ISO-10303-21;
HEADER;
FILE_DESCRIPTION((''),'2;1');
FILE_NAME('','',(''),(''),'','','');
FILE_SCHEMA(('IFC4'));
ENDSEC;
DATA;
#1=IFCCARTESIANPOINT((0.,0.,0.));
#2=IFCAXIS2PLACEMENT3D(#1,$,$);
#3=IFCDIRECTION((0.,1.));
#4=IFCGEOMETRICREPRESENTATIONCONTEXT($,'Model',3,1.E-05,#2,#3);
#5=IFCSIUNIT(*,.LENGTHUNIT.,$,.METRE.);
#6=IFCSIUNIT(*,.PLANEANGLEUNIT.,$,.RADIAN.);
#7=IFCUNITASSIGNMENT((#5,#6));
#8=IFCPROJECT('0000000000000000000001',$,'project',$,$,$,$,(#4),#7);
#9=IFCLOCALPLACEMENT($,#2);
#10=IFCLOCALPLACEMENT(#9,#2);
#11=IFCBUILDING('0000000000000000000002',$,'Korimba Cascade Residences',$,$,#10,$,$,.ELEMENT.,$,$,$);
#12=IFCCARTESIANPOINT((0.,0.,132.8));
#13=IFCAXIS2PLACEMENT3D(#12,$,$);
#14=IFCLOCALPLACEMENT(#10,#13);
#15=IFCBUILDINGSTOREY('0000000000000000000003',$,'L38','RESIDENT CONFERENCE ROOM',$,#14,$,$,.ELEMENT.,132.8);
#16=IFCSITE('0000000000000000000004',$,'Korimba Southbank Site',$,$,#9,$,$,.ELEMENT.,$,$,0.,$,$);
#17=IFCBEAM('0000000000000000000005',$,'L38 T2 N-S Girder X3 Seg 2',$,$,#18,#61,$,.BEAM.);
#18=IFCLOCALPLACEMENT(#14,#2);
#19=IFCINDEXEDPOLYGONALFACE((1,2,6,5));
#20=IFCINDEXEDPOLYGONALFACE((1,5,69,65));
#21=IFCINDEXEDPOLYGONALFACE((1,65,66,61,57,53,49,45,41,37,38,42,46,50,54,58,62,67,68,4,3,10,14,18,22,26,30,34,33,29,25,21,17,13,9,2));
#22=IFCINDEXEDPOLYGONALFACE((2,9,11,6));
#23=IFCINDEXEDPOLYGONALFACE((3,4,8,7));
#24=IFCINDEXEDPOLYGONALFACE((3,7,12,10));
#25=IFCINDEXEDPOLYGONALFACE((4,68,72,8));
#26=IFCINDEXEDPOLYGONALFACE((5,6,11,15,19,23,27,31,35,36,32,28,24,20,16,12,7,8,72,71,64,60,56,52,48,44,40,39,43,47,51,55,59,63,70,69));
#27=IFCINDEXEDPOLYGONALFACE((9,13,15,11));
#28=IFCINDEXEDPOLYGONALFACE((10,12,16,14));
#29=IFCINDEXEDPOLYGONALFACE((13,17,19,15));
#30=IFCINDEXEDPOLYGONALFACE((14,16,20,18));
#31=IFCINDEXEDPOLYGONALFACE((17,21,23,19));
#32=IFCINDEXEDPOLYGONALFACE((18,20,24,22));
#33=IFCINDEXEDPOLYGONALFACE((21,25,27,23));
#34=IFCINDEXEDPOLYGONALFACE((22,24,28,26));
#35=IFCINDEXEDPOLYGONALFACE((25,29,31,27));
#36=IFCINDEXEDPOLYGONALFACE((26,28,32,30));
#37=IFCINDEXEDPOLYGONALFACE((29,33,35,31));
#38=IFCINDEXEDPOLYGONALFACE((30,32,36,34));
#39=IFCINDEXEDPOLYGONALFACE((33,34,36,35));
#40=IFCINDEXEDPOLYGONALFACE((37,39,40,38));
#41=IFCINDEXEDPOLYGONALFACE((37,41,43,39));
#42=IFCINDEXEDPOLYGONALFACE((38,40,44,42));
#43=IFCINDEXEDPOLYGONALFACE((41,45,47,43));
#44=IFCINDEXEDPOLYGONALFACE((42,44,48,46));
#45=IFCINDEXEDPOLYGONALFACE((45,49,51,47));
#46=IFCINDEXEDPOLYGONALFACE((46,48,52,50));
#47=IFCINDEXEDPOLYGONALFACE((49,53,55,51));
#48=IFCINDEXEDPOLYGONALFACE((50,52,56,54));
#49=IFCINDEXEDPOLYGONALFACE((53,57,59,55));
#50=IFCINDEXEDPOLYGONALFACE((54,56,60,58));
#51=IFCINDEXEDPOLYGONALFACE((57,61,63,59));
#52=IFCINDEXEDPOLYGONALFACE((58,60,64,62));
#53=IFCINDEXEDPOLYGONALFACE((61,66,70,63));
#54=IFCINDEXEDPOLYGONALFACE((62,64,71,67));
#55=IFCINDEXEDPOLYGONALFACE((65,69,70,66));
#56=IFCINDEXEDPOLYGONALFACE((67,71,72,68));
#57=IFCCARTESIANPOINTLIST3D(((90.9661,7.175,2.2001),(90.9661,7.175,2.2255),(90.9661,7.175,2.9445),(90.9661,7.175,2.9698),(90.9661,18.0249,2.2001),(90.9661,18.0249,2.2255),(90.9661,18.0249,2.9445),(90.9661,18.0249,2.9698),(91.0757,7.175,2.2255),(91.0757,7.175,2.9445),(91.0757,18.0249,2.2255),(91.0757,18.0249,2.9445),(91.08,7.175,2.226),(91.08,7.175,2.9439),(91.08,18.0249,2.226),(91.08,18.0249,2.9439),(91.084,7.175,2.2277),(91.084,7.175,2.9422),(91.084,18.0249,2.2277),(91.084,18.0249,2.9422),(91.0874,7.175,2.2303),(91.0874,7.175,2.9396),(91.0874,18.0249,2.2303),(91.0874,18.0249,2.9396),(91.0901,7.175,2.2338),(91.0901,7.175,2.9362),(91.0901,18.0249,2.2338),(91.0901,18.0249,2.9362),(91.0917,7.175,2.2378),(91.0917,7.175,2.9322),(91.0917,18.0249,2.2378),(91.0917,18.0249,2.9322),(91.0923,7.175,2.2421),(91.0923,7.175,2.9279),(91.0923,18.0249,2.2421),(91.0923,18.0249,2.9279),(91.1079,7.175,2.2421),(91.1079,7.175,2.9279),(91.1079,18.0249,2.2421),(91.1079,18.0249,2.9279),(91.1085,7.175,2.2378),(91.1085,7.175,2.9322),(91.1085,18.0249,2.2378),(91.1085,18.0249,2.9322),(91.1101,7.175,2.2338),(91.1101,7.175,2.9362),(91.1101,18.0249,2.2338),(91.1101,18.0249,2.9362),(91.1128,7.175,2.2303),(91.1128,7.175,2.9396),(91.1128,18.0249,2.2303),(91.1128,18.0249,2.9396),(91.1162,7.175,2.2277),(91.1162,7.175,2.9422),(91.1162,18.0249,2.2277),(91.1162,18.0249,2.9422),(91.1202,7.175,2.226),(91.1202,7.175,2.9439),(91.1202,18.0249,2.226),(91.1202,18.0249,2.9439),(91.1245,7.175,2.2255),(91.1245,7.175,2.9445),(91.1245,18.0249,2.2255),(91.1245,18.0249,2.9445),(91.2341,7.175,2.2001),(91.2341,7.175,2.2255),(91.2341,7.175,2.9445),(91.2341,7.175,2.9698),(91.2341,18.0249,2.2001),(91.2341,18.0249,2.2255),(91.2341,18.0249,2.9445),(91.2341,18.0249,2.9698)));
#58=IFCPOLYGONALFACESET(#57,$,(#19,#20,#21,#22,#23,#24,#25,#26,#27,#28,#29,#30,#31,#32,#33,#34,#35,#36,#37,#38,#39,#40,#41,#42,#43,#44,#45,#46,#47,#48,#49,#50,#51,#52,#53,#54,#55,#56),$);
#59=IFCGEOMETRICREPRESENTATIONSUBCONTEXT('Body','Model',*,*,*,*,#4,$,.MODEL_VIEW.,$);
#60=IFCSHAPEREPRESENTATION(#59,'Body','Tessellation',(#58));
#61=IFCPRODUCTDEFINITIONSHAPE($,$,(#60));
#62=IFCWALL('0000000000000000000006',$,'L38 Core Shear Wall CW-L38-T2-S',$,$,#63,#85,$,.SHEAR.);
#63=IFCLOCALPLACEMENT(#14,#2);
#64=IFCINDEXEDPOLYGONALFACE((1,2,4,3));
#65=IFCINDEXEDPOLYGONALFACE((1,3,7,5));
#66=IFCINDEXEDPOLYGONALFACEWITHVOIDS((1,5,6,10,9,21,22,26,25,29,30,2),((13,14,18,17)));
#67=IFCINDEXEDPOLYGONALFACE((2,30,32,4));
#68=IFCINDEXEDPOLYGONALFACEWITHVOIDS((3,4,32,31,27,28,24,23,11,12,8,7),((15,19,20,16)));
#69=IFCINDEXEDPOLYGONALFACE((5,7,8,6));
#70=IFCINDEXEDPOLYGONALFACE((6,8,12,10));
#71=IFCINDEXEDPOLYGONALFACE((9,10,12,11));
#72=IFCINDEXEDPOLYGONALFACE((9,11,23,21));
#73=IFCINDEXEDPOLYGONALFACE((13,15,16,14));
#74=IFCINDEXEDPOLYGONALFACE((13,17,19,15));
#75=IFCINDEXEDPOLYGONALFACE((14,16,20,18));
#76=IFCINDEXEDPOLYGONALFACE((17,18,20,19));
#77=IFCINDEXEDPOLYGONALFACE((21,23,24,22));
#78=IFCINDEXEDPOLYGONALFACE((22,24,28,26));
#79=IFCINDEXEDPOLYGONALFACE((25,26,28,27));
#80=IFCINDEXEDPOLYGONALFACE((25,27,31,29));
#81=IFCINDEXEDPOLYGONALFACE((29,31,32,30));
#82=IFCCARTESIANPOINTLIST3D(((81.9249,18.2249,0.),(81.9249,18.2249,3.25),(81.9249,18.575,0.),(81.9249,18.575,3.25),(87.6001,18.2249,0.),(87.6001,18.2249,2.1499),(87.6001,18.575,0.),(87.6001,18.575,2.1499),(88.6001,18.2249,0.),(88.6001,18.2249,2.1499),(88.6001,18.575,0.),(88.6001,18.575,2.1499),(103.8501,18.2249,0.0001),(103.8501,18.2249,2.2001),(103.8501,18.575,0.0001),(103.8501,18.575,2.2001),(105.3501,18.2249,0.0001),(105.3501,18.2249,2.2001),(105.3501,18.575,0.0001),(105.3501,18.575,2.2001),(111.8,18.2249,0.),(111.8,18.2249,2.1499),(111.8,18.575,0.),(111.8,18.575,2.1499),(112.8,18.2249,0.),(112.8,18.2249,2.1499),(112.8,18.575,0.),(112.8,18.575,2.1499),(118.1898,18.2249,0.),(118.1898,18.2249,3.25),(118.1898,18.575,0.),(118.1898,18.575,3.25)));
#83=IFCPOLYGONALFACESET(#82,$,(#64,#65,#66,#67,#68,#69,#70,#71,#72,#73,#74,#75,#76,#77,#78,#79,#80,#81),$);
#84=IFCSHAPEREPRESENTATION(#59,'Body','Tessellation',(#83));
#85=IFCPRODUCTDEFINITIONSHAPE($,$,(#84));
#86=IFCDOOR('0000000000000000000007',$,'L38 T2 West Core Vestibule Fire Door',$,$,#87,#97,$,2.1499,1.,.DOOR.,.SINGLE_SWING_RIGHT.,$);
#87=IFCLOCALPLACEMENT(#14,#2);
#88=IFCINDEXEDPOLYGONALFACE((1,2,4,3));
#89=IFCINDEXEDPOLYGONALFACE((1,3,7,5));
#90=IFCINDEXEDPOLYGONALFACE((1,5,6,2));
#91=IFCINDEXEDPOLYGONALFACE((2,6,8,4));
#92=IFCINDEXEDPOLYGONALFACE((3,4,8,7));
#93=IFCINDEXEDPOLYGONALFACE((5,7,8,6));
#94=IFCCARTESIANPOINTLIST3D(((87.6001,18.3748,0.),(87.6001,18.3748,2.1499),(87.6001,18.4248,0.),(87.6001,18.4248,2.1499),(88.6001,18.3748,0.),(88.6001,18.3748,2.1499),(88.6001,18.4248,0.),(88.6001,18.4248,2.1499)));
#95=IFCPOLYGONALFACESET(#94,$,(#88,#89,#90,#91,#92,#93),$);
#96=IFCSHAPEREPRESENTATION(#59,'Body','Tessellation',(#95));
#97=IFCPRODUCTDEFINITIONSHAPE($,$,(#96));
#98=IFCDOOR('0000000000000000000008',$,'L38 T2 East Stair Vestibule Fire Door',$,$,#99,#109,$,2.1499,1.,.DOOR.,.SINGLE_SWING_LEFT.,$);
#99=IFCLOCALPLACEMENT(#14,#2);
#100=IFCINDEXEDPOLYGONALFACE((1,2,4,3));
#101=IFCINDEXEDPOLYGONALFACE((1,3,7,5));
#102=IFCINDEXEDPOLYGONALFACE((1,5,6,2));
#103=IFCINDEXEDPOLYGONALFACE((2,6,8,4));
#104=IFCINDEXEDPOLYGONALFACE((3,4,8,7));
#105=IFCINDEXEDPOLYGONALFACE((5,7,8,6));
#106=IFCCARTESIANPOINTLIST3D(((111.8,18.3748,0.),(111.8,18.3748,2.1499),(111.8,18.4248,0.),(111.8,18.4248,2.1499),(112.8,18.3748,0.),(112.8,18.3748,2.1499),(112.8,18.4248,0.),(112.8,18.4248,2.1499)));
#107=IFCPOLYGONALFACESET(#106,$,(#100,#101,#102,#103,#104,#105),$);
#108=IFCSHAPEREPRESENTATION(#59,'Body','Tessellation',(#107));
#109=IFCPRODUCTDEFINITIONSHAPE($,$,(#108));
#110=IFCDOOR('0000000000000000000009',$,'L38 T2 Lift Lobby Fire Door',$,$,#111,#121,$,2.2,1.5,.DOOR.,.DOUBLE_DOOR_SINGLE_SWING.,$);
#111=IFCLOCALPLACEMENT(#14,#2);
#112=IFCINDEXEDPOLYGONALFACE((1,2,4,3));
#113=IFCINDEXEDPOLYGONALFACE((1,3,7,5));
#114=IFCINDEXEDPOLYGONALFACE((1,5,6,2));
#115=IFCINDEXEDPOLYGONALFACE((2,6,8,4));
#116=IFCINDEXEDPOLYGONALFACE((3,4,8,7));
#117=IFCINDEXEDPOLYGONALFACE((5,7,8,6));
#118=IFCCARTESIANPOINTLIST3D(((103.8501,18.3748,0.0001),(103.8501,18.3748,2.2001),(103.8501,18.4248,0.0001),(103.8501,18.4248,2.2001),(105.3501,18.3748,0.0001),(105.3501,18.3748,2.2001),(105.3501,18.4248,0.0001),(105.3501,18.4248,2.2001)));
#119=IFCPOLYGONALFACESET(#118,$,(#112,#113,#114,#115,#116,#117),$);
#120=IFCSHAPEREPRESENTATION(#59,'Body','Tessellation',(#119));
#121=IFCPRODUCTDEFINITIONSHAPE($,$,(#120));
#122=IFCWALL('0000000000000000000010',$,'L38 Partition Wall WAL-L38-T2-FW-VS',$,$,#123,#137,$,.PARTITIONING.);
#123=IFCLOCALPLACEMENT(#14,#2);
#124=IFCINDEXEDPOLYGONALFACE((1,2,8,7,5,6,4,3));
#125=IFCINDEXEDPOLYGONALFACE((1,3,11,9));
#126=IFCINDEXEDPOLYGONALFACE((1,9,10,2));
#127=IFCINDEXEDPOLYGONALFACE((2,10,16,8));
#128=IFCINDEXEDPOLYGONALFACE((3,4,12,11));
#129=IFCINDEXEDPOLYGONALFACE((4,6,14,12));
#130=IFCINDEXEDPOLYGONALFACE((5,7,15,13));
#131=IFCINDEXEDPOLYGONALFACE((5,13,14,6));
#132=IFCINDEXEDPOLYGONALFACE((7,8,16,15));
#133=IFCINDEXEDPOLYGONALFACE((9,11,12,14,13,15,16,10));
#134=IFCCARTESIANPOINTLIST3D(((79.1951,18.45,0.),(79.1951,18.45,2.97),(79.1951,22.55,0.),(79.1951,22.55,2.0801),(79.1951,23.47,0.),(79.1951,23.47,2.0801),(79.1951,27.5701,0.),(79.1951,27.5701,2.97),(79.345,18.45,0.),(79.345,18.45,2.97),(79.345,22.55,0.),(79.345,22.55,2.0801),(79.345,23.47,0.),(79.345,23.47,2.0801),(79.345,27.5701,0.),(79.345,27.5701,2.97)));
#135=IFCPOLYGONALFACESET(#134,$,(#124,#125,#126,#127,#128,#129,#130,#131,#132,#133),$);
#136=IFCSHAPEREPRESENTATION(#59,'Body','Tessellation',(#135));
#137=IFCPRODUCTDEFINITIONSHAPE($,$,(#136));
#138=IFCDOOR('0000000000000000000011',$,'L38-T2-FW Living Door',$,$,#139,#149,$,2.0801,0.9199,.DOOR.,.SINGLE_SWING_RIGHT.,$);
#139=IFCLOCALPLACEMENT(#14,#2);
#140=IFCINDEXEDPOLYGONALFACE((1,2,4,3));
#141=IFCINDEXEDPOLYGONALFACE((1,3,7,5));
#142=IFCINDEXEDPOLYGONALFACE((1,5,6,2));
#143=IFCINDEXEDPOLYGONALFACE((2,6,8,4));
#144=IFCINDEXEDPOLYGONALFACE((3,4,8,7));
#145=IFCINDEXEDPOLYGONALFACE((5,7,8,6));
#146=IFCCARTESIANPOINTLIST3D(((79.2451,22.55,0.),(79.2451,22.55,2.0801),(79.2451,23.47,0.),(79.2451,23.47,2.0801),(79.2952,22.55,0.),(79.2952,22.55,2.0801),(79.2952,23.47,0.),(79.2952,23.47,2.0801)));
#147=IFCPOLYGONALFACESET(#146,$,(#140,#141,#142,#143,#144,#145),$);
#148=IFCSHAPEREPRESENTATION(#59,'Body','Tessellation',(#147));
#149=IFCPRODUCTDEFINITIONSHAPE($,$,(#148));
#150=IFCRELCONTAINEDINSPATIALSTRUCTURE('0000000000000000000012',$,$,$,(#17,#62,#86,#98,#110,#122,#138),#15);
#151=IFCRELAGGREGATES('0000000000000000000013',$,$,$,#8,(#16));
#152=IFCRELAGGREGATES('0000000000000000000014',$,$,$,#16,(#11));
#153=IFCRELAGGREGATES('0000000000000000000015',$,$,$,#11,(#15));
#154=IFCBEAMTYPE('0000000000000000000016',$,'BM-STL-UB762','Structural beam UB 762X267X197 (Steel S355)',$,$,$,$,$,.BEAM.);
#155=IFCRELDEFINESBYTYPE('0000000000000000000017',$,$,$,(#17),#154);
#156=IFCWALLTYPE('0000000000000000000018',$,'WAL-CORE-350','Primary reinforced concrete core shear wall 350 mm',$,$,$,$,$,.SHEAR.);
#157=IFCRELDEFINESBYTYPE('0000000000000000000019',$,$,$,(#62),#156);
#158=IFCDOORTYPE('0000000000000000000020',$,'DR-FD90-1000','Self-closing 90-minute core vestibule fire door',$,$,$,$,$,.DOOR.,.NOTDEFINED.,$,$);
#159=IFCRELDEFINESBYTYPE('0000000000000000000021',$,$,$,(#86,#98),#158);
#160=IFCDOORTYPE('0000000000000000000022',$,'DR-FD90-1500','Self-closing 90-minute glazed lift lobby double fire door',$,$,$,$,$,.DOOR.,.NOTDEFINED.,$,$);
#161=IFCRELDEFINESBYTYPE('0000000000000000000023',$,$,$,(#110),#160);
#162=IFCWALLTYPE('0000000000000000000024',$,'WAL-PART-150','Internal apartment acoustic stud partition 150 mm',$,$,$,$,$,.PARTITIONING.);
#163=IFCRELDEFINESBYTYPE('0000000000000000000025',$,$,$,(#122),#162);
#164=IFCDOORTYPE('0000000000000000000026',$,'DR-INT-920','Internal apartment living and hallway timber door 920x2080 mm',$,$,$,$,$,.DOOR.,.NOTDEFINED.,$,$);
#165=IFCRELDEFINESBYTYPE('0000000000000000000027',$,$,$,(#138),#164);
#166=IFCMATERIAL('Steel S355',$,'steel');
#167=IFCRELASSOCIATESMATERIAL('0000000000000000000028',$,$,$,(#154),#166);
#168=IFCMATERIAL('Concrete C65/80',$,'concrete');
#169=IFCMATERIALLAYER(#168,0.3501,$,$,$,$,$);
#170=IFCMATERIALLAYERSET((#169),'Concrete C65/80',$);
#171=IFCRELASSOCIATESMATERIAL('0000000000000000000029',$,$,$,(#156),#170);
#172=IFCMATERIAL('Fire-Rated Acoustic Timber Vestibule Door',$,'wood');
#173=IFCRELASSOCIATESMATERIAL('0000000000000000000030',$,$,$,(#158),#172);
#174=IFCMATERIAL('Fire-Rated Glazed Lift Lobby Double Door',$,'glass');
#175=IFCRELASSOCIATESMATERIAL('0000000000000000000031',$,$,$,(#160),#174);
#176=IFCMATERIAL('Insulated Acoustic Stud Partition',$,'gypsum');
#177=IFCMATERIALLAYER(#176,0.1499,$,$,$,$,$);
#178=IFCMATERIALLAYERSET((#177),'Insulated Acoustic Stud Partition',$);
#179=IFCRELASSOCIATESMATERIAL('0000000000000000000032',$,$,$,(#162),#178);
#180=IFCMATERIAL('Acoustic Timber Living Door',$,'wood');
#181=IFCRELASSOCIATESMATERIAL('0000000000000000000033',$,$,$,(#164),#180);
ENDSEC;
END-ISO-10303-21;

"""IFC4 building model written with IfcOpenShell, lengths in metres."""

from ifc_helpers import new_model, si_unit, direction, frame, frame_2d, origin, origin_2d, place, context, subcontext, project, spatial, rectangle, i_section, extrude, material, layer, layer_set, material_profile, profile_set, type_object, element, fill, save


model = new_model("IFC4")

# Units and contexts
model_context = context("Model", 3, precision=1e-05, world=origin(), true_north=direction((0.0, 1.0)))
body_context = subcontext(model_context, "Body", "Model", "MODEL_VIEW")
ifc_project = project(units=[si_unit("LENGTHUNIT", "METRE"), si_unit("PLANEANGLEUNIT", "RADIAN")], contexts=[model_context])

# Site, building, storey
site_placement = place(None, origin())
site = spatial("IfcSite", under=ifc_project, at=site_placement, Name="Korimba Southbank Site", CompositionType="ELEMENT", RefElevation=0.0)
building_placement = place(site_placement, origin())
building = spatial("IfcBuilding", under=site, at=building_placement, Name="Korimba Cascade Residences", CompositionType="ELEMENT")
storey_placement = place(building_placement, frame((0.0, 0.0, 132.8)))
storey = spatial("IfcBuildingStorey", under=building, at=storey_placement, Name="L38", Description="RESIDENT CONFERENCE ROOM", CompositionType="ELEMENT", Elevation=132.8)

# Shared definitions
ifc_material_1 = material(Name="Concrete C65/80", Category="concrete")

# Beam
ifc_material_2 = material(Name="Steel S355", Category="steel")
ifc_material_profile_1 = material_profile(ifc_material_2, i_section(OverallWidth=0.2681, OverallDepth=0.7698, WebThickness=0.0156, FlangeThickness=0.0254, FilletRadius=0.0166, at=origin_2d()), Name="Steel S355")
ifc_profile_set_1 = profile_set([ifc_material_profile_1], Name="Steel S355")
beam_type_1 = type_object("IfcBeamType", Name="BM-STL-UB762", Description="Structural beam UB 762X267X197 (Steel S355)", PredefinedType="BEAM", material=ifc_profile_set_1)
for number, where, z_axis, x_axis, name in (
    (1, (91.1001, 7.175, 2.585), (0.0, 1.0, 0.0), (-1.0, 0.0, 0.0), "L38 T2 N-S Girder X3 Seg 2"),
):
    element("IfcBeam", number, at=place(storey_placement, frame(where, z_axis=z_axis, x_axis=x_axis)), inside=storey, type_object=beam_type_1, Name=name, PredefinedType="BEAM", context=body_context, shape_type="SweptSolid", body=[
        extrude(i_section(OverallWidth=0.2681, OverallDepth=0.7698, WebThickness=0.0156, FlangeThickness=0.0254, FilletRadius=0.0166, at=origin_2d()), origin(), (0.0, 0.0, 1.0), 10.8499),
    ])

# Wall, openings, doors
ifc_layer_1 = layer(ifc_material_1, 0.3501)
ifc_layer_set_1 = layer_set([ifc_layer_1], Name="Concrete C65/80")
wall_type_1 = type_object("IfcWallType", Name="WAL-CORE-350", Description="Primary reinforced concrete core shear wall 350 mm", PredefinedType="SHEAR", material=ifc_layer_set_1)
wall_1_placement = place(storey_placement, frame((81.925, 18.3999, 0.0), z_axis=(0.0, 0.0, 1.0), x_axis=(1.0, 0.0, 0.0)))
wall_1 = element("IfcWall", 2, at=wall_1_placement, inside=storey, type_object=wall_type_1, Name="L38 Core Shear Wall CW-L38-T2-S", PredefinedType="SHEAR", context=body_context, shape_type="SweptSolid", body=[
    extrude(rectangle(XDim=36.2649, YDim=0.3501, at=frame_2d((18.1323, 0.0))), origin(), (0.0, 0.0, 1.0), 3.25),
])
opening_1_placement = place(wall_1_placement, frame((5.675, 0.0, 0.0)))
opening_1 = element("IfcOpeningElement", 3, at=opening_1_placement, cuts=wall_1, PredefinedType="OPENING", context=body_context, shape_type="SweptSolid", body=[
    extrude(rectangle(XDim=1.0, YDim=2.1499, at=frame_2d((0.5, 1.075))), frame((0.0, 0.1851, 0.0), z_axis=(0.0, -1.0, 0.0), x_axis=(1.0, 0.0, 0.0)), (0.0, 0.0, 1.0), 0.3701),
])
opening_2_placement = place(wall_1_placement, frame((21.925, 0.0, 0.0)))
opening_2 = element("IfcOpeningElement", 4, at=opening_2_placement, cuts=wall_1, PredefinedType="OPENING", context=body_context, shape_type="SweptSolid", body=[
    extrude(rectangle(XDim=1.5, YDim=2.2, at=frame_2d((0.75, 1.1001))), frame((0.0, 0.1851, 0.0), z_axis=(0.0, -1.0, 0.0), x_axis=(1.0, 0.0, 0.0)), (0.0, 0.0, 1.0), 0.3701),
])
opening_3_placement = place(wall_1_placement, frame((29.875, 0.0, 0.0)))
opening_3 = element("IfcOpeningElement", 5, at=opening_3_placement, cuts=wall_1, PredefinedType="OPENING", context=body_context, shape_type="SweptSolid", body=[
    extrude(rectangle(XDim=1.0, YDim=2.1499, at=frame_2d((0.5, 1.075))), frame((0.0, 0.1851, 0.0), z_axis=(0.0, -1.0, 0.0), x_axis=(1.0, 0.0, 0.0)), (0.0, 0.0, 1.0), 0.3701),
])
ifc_material_3 = material(Name="Fire-Rated Acoustic Timber Vestibule Door", Category="wood")
door_type_1 = type_object("IfcDoorType", Name="DR-FD90-1000", Description="Self-closing 90-minute core vestibule fire door", OperationType="NOTDEFINED", PredefinedType="DOOR", material=ifc_material_3)
door_1_placement = place(opening_1_placement, origin())
door_1 = element("IfcDoor", 6, at=door_1_placement, inside=storey, type_object=door_type_1, Name="L38 T2 West Core Vestibule Fire Door", OperationType="SINGLE_SWING_RIGHT", OverallHeight=2.1499, OverallWidth=1.0, PredefinedType="DOOR", context=body_context, shape_type="SweptSolid", body=[
    extrude(rectangle(XDim=1.0, YDim=2.1499, at=frame_2d((0.5, 1.075))), frame((0.0, 0.0249, 0.0), z_axis=(0.0, -1.0, 0.0), x_axis=(1.0, 0.0, 0.0)), (0.0, 0.0, 1.0), 0.05),
])
fill(opening_1, door_1)
door_2_placement = place(opening_3_placement, origin())
door_2 = element("IfcDoor", 7, at=door_2_placement, inside=storey, type_object=door_type_1, Name="L38 T2 East Stair Vestibule Fire Door", OperationType="SINGLE_SWING_LEFT", OverallHeight=2.1499, OverallWidth=1.0, PredefinedType="DOOR", context=body_context, shape_type="SweptSolid", body=[
    extrude(rectangle(XDim=1.0, YDim=2.1499, at=frame_2d((0.5, 1.075))), frame((0.0, 0.0249, 0.0), z_axis=(0.0, -1.0, 0.0), x_axis=(1.0, 0.0, 0.0)), (0.0, 0.0, 1.0), 0.05),
])
fill(opening_3, door_2)
ifc_material_4 = material(Name="Fire-Rated Glazed Lift Lobby Double Door", Category="glass")
door_type_2 = type_object("IfcDoorType", Name="DR-FD90-1500", Description="Self-closing 90-minute glazed lift lobby double fire door", OperationType="NOTDEFINED", PredefinedType="DOOR", material=ifc_material_4)
door_3_placement = place(opening_2_placement, origin())
door_3 = element("IfcDoor", 8, at=door_3_placement, inside=storey, type_object=door_type_2, Name="L38 T2 Lift Lobby Fire Door", OperationType="DOUBLE_DOOR_SINGLE_SWING", OverallHeight=2.2, OverallWidth=1.5, PredefinedType="DOOR", context=body_context, shape_type="SweptSolid", body=[
    extrude(rectangle(XDim=1.5, YDim=2.2, at=frame_2d((0.75, 1.1001))), frame((0.0, 0.0249, 0.0), z_axis=(0.0, -1.0, 0.0), x_axis=(1.0, 0.0, 0.0)), (0.0, 0.0, 1.0), 0.05),
])
fill(opening_2, door_3)

# Wall, opening, door
ifc_material_5 = material(Name="Insulated Acoustic Stud Partition", Category="gypsum")
ifc_layer_2 = layer(ifc_material_5, 0.1499)
ifc_layer_set_2 = layer_set([ifc_layer_2], Name="Insulated Acoustic Stud Partition")
wall_type_2 = type_object("IfcWallType", Name="WAL-PART-150", Description="Internal apartment acoustic stud partition 150 mm", PredefinedType="PARTITIONING", material=ifc_layer_set_2)
wall_2_placement = place(storey_placement, frame((79.27, 18.45, 0.0), z_axis=(0.0, 0.0, 1.0), x_axis=(0.0, 1.0, 0.0)))
wall_2 = element("IfcWall", 9, at=wall_2_placement, inside=storey, type_object=wall_type_2, Name="L38 Partition Wall WAL-L38-T2-FW-VS", PredefinedType="PARTITIONING", context=body_context, shape_type="SweptSolid", body=[
    extrude(rectangle(XDim=9.1201, YDim=0.1499, at=frame_2d((4.5601, 0.0))), origin(), (0.0, 0.0, 1.0), 2.97),
])
opening_4_placement = place(wall_2_placement, frame((4.1001, 0.0, 0.0)))
opening_4 = element("IfcOpeningElement", 10, at=opening_4_placement, cuts=wall_2, PredefinedType="OPENING", context=body_context, shape_type="SweptSolid", body=[
    extrude(rectangle(XDim=0.9199, YDim=2.0801, at=frame_2d((0.46, 1.04))), frame((0.0, 0.085, 0.0), z_axis=(0.0, -1.0, 0.0), x_axis=(1.0, 0.0, 0.0)), (0.0, 0.0, 1.0), 0.1699),
])
ifc_material_6 = material(Name="Acoustic Timber Living Door", Category="wood")
door_type_3 = type_object("IfcDoorType", Name="DR-INT-920", Description="Internal apartment living and hallway timber door 920x2080 mm", OperationType="NOTDEFINED", PredefinedType="DOOR", material=ifc_material_6)
door_4_placement = place(opening_4_placement, origin())
door_4 = element("IfcDoor", 11, at=door_4_placement, inside=storey, type_object=door_type_3, Name="L38-T2-FW Living Door", OperationType="SINGLE_SWING_RIGHT", OverallHeight=2.0801, OverallWidth=0.9199, PredefinedType="DOOR", context=body_context, shape_type="SweptSolid", body=[
    extrude(rectangle(XDim=0.9199, YDim=2.0801, at=frame_2d((0.46, 1.04))), frame((0.0, 0.0249, 0.0), z_axis=(0.0, -1.0, 0.0), x_axis=(1.0, 0.0, 0.0)), (0.0, 0.0, 1.0), 0.05),
])
fill(opening_4, door_4)

save(model, "model.ifc")
